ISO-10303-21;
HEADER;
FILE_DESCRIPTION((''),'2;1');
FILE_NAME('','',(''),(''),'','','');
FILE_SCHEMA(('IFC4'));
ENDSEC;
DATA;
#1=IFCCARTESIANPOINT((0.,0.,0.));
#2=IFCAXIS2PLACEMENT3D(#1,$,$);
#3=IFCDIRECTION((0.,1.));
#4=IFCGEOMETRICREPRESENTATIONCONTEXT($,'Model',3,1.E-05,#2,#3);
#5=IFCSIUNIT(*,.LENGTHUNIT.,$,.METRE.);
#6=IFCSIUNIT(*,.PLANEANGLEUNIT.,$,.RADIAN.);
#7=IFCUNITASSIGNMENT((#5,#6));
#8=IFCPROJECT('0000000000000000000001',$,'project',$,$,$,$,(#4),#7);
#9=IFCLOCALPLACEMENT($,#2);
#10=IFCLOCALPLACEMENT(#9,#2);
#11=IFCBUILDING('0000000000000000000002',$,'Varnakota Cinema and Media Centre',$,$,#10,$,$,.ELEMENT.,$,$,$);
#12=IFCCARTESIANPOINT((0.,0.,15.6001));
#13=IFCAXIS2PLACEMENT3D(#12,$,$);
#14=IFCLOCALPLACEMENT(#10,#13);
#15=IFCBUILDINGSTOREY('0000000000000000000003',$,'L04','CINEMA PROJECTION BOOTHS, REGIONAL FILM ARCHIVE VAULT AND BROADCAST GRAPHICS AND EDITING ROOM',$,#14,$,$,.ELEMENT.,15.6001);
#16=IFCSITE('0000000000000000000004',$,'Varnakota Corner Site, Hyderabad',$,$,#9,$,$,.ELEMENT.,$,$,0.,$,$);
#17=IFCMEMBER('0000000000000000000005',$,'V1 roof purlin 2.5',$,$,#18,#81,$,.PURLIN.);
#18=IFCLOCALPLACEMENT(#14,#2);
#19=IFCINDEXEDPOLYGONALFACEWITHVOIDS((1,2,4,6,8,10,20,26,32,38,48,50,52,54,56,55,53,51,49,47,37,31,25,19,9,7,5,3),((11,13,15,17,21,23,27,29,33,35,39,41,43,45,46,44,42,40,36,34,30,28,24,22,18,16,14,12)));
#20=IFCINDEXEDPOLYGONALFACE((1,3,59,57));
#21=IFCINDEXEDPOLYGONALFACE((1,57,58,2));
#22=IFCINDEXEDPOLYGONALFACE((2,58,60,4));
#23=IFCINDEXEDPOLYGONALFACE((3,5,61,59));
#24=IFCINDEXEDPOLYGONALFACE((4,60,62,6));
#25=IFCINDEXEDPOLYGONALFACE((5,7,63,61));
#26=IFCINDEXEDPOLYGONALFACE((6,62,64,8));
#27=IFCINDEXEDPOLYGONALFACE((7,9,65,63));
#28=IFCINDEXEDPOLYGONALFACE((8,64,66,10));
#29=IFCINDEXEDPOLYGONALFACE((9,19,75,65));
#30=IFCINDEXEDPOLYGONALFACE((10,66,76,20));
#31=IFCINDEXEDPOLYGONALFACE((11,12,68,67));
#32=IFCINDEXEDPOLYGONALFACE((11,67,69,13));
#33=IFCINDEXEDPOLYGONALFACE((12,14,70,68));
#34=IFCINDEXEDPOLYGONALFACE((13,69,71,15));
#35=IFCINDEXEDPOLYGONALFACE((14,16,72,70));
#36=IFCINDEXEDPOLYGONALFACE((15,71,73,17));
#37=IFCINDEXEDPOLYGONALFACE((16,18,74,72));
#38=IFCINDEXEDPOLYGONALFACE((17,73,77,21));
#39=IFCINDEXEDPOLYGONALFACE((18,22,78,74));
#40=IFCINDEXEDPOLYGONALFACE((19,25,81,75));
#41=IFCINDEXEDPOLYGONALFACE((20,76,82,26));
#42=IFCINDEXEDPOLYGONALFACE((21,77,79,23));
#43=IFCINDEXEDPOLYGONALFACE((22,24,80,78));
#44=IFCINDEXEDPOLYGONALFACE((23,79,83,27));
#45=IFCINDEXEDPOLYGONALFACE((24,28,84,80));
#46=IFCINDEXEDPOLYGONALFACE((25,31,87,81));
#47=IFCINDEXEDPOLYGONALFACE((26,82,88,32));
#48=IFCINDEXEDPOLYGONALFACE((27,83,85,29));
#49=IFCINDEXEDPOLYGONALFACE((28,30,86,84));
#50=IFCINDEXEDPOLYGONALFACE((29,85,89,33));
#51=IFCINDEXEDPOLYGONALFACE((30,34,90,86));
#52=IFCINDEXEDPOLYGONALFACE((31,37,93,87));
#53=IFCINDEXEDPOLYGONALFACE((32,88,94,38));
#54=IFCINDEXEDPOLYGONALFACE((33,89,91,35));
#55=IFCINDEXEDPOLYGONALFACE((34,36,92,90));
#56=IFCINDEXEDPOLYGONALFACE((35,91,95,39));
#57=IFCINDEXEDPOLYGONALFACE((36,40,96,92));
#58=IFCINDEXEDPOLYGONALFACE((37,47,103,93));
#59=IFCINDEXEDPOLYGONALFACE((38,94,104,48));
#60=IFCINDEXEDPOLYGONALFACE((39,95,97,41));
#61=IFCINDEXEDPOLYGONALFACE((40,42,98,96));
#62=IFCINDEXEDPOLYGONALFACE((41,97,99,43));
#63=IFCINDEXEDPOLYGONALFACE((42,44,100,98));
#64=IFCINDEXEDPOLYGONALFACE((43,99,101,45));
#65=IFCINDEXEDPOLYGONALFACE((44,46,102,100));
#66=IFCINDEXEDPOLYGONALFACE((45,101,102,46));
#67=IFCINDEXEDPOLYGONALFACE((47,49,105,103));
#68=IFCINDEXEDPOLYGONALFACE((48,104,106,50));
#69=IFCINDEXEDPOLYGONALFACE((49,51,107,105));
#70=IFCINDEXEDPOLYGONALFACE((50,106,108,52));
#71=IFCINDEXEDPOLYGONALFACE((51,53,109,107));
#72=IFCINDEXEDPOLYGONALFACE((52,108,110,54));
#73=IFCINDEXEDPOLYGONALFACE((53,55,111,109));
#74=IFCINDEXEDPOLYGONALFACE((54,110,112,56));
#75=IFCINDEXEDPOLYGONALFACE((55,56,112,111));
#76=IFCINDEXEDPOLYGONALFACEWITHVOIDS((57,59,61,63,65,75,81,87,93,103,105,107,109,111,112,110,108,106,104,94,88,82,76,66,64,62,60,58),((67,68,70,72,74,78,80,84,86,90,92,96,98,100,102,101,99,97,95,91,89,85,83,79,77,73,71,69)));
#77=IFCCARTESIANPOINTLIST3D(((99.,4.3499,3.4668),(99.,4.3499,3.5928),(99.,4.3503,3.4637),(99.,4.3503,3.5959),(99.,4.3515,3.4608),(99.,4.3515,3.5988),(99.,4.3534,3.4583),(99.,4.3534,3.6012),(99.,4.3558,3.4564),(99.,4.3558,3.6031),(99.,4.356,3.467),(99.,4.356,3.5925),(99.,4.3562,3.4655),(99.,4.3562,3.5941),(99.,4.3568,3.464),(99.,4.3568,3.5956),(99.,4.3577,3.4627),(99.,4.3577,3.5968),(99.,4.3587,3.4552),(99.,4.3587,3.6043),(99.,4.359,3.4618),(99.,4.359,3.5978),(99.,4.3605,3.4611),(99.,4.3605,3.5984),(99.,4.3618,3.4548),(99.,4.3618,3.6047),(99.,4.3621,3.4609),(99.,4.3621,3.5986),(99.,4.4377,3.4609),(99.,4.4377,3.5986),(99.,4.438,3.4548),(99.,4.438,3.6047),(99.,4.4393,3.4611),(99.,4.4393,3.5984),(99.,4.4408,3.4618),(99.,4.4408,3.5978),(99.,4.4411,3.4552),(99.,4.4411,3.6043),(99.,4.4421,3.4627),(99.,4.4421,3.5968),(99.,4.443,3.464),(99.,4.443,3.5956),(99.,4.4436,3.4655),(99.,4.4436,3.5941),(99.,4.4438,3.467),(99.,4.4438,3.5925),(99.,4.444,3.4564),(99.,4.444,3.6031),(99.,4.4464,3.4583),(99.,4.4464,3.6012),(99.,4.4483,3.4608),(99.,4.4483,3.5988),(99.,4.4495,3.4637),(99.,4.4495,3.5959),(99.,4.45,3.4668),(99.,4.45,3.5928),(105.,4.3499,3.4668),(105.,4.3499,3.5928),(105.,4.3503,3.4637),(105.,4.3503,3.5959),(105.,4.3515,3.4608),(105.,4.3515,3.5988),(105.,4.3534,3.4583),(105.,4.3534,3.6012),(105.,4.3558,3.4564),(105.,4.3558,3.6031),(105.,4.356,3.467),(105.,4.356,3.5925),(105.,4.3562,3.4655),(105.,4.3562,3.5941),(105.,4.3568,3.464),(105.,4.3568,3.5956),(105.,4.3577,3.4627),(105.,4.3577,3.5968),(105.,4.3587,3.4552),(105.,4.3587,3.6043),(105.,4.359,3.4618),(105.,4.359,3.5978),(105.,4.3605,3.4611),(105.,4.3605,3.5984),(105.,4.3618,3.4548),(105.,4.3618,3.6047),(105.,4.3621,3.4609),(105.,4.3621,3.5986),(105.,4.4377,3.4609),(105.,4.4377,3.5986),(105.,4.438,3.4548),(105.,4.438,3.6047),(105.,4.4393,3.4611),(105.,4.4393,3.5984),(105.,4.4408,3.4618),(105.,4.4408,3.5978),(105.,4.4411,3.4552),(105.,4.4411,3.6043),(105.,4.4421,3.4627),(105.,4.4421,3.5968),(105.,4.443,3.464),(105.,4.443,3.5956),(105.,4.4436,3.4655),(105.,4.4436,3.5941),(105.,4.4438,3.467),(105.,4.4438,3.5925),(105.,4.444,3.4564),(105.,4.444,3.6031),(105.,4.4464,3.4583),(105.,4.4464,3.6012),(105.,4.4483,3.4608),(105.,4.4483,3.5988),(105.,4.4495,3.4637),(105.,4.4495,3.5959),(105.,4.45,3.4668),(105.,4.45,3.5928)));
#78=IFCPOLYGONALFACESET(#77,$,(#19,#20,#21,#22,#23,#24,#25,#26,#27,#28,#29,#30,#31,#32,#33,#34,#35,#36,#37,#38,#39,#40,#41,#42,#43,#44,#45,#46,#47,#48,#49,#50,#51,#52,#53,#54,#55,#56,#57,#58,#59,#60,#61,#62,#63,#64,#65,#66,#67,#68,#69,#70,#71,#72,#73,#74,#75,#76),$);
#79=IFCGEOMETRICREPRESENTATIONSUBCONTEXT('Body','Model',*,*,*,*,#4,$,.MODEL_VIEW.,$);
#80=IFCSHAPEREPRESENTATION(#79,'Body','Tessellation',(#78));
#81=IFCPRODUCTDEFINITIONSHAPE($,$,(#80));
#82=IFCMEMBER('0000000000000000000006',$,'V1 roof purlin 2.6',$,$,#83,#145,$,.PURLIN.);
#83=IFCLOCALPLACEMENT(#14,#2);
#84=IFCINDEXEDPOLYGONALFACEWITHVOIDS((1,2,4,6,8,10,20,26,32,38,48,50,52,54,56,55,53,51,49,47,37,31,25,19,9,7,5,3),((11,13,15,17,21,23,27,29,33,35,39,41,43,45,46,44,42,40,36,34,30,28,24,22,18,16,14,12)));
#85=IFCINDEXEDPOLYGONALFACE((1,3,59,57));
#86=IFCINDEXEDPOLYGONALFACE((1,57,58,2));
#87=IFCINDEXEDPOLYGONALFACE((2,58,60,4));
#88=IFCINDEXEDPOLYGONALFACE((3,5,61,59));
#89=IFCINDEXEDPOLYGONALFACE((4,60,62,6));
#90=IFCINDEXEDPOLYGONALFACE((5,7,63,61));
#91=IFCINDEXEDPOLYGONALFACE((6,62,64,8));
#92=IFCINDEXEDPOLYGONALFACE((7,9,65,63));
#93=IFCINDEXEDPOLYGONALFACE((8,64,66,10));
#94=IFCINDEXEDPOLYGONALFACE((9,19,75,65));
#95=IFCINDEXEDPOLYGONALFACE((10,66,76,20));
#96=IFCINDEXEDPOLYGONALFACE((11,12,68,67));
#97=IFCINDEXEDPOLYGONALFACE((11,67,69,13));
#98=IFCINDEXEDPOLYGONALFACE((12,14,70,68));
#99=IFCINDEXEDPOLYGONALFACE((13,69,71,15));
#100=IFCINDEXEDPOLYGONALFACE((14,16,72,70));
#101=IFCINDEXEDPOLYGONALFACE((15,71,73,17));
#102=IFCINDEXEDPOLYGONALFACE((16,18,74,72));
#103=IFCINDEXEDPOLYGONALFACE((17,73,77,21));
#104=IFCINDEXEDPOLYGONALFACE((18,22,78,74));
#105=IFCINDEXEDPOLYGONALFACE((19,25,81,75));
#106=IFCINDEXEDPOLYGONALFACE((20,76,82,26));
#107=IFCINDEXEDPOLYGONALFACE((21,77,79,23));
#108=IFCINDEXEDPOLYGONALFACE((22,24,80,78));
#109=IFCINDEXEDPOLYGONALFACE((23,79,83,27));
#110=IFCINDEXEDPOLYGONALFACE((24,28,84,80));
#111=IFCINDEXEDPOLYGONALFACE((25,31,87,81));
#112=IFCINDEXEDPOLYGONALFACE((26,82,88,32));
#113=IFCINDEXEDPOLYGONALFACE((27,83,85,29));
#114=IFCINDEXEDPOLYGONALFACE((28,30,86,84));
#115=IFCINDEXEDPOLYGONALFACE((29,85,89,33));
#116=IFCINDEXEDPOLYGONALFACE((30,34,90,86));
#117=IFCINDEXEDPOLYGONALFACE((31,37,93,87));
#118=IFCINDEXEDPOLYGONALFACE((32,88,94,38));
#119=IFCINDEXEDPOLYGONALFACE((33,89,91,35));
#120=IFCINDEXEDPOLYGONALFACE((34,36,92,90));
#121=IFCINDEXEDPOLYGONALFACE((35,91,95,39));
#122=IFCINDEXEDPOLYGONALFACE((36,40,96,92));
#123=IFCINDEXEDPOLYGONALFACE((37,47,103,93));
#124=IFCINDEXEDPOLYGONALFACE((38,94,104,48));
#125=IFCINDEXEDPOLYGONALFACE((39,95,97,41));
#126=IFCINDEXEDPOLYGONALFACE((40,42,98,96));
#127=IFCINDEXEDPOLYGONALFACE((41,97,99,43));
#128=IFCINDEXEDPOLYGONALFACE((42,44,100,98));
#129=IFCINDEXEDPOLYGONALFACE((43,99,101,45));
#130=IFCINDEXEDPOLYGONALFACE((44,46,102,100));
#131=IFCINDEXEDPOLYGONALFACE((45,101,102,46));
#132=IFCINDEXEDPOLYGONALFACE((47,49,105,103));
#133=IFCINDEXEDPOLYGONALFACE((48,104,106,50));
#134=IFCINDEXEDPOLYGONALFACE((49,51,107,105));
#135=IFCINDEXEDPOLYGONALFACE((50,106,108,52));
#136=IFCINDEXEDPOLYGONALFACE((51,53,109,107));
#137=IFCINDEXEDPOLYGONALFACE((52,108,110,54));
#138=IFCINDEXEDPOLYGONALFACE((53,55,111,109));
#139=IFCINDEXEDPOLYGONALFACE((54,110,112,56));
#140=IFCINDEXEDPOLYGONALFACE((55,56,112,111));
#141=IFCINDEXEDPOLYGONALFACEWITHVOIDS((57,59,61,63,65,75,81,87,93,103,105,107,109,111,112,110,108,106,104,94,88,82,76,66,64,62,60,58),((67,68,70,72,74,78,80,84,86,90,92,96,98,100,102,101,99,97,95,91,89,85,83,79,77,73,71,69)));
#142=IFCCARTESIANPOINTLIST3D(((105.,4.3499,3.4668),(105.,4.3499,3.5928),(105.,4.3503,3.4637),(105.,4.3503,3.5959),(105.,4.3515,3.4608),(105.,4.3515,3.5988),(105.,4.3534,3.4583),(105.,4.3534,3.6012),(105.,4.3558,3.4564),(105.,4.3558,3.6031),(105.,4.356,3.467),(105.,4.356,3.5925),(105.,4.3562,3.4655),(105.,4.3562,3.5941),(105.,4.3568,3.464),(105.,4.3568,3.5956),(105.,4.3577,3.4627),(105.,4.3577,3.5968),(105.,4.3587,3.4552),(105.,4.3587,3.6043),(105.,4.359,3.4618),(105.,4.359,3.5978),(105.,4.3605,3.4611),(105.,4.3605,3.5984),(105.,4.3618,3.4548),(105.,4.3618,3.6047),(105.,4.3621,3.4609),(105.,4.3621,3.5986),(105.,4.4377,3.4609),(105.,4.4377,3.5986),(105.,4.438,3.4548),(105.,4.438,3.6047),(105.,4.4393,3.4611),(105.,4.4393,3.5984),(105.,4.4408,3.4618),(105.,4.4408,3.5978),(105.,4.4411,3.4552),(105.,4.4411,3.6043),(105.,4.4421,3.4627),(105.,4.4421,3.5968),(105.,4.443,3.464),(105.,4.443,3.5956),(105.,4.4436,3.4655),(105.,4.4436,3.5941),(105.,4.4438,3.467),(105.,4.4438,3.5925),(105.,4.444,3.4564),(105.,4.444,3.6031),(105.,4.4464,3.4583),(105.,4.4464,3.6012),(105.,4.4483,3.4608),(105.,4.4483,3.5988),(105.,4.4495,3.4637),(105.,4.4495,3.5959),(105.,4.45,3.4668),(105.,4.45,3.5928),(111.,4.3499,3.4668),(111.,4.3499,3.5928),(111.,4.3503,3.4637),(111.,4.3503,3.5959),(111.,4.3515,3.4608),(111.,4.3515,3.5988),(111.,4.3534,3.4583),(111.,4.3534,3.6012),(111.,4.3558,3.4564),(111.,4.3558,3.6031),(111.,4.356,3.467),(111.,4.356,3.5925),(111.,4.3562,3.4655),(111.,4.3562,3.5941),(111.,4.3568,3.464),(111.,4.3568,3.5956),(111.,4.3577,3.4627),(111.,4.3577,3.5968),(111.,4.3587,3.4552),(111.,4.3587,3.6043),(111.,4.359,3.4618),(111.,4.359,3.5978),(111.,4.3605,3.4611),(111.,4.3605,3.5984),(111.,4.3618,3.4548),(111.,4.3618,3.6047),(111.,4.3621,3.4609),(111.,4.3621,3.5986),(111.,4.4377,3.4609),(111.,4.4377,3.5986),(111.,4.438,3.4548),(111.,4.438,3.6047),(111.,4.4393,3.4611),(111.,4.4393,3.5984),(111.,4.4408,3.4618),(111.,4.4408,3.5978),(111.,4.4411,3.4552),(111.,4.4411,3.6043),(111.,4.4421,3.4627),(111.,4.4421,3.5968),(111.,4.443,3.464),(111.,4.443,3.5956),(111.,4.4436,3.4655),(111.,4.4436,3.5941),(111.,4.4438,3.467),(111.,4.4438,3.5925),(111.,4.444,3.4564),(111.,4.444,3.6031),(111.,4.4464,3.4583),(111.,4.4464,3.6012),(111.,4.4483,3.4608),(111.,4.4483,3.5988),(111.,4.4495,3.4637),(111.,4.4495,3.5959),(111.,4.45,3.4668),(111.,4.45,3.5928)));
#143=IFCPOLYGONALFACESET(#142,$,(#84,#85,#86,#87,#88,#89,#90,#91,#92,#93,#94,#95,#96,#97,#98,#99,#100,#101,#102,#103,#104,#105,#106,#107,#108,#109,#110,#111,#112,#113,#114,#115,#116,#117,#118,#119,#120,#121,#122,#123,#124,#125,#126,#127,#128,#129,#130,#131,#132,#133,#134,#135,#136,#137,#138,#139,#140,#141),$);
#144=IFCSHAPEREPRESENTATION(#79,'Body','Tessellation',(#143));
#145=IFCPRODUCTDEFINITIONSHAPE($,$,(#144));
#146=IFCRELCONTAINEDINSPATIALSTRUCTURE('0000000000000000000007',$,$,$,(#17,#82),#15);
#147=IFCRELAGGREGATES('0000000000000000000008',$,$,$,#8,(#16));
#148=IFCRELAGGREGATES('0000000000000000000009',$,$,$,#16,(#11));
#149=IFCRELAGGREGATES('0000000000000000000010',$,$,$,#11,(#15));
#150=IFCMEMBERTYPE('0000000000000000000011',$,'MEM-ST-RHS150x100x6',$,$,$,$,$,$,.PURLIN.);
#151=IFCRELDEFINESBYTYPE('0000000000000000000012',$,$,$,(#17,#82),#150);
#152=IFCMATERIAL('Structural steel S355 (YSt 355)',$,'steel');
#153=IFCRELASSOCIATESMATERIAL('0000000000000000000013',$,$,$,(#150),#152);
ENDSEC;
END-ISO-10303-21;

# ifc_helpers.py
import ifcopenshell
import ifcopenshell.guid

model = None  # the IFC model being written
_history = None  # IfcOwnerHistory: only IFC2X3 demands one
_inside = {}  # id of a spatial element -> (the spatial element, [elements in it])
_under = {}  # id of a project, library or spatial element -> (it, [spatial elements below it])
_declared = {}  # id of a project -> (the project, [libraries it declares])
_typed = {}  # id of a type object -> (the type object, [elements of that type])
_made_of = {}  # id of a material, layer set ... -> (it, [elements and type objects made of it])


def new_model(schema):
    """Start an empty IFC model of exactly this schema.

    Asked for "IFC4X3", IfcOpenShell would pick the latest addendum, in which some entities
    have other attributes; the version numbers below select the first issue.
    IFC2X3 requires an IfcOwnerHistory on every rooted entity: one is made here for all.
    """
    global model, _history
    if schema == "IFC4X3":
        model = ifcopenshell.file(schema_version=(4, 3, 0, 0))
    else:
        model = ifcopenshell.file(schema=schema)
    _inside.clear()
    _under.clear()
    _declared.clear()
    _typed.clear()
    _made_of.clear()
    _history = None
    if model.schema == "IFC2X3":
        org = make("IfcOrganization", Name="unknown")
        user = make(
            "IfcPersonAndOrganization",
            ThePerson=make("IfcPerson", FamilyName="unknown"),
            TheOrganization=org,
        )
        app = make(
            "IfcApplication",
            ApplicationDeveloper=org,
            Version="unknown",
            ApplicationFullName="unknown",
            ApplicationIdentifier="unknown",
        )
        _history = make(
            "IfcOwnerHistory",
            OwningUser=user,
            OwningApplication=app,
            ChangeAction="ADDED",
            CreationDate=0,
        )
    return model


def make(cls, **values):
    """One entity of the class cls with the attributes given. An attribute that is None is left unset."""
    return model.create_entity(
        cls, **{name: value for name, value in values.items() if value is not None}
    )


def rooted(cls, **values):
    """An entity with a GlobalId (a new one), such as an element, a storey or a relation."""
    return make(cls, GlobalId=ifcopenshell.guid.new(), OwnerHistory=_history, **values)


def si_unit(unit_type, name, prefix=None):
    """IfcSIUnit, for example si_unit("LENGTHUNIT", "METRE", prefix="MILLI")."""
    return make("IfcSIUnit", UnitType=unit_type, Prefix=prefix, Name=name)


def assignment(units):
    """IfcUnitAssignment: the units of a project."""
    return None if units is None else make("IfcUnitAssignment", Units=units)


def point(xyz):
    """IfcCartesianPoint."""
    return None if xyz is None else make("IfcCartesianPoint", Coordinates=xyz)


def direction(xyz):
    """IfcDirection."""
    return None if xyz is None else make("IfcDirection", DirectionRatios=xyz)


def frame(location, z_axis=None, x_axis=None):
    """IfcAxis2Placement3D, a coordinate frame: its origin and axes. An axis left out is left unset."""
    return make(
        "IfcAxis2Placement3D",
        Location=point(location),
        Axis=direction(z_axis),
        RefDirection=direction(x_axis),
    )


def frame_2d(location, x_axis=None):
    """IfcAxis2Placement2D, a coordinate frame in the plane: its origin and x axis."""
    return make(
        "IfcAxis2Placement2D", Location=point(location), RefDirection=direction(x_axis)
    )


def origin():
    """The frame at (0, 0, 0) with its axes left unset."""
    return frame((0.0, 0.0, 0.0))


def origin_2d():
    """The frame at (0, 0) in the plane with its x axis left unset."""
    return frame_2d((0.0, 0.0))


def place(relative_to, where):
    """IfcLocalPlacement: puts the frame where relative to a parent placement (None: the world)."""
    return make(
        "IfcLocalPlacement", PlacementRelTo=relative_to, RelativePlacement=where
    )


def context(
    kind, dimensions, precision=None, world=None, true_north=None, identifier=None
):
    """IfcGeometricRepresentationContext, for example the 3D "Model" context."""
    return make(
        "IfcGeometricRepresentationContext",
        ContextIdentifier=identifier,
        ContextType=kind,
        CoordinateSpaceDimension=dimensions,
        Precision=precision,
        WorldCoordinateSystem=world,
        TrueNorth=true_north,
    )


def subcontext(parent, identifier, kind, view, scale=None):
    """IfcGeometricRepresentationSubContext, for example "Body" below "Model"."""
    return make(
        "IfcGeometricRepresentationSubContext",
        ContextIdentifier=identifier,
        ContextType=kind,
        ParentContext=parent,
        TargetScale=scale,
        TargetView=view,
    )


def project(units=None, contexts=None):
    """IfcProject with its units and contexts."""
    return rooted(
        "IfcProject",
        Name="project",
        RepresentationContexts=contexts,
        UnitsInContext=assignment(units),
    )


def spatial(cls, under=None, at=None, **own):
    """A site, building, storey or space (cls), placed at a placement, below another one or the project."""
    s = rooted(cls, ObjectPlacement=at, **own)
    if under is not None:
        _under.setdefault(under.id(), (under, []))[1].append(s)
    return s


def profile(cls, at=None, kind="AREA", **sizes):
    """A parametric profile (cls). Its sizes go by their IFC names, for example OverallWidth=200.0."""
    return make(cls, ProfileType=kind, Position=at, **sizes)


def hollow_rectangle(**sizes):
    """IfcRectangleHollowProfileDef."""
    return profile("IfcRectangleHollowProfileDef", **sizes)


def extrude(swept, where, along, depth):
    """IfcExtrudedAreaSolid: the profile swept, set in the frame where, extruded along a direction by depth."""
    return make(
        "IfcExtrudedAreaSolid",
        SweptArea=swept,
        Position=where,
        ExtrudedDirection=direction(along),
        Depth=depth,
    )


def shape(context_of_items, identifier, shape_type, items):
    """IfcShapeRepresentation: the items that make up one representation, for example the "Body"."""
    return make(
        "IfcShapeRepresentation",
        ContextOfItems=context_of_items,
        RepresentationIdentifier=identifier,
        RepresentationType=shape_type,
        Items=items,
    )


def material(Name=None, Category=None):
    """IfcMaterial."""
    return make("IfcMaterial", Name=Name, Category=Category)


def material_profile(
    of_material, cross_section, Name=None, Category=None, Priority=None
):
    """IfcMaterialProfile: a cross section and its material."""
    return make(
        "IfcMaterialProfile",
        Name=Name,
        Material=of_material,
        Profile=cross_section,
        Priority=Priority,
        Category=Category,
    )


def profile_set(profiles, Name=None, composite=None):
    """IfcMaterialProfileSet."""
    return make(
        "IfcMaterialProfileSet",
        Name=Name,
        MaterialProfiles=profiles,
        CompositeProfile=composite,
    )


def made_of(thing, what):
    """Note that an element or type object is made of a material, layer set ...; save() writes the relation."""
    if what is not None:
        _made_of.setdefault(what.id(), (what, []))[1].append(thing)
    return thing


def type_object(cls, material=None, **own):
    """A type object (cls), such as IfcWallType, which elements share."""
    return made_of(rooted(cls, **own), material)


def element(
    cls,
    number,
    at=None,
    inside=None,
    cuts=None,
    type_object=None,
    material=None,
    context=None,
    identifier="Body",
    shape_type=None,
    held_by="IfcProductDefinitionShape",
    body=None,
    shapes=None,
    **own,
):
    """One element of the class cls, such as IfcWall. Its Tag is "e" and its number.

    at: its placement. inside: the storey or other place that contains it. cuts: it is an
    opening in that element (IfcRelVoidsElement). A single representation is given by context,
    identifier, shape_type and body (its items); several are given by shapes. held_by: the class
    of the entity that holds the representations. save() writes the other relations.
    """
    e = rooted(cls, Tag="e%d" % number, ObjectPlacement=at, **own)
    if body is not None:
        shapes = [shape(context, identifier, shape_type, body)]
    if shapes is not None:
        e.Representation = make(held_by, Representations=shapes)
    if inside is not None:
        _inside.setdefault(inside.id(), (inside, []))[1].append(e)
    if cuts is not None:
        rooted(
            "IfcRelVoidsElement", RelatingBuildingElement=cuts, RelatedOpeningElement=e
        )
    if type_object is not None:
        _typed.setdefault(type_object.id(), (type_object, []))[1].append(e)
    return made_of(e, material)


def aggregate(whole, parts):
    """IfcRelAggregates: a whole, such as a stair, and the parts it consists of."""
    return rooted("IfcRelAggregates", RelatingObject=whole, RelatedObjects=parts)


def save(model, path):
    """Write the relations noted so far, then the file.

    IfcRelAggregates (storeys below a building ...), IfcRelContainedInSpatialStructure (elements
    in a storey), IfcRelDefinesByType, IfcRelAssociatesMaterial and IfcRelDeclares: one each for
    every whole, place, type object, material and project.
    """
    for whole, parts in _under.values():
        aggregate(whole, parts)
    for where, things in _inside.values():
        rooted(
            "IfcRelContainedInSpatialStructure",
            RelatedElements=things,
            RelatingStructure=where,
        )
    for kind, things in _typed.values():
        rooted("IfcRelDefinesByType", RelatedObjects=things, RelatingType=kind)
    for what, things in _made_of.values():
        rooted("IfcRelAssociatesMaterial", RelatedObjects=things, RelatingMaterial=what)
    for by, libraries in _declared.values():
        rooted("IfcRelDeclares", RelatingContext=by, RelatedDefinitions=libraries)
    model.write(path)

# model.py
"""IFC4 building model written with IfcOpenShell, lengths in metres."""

from ifc_helpers import new_model, si_unit, direction, frame, origin, origin_2d, place, context, subcontext, project, spatial, hollow_rectangle, extrude, material, material_profile, profile_set, type_object, element, save


model = new_model("IFC4")

# Units and contexts
model_context = context("Model", 3, precision=1e-05, world=origin(), true_north=direction((0.0, 1.0)))
body_context = subcontext(model_context, "Body", "Model", "MODEL_VIEW")
ifc_project = project(units=[si_unit("LENGTHUNIT", "METRE"), si_unit("PLANEANGLEUNIT", "RADIAN")], contexts=[model_context])

# Site, building, storey
site_placement = place(None, origin())
site = spatial("IfcSite", under=ifc_project, at=site_placement, Name="Varnakota Corner Site, Hyderabad", CompositionType="ELEMENT", RefElevation=0.0)
building_placement = place(site_placement, origin())
building = spatial("IfcBuilding", under=site, at=building_placement, Name="Varnakota Cinema and Media Centre", CompositionType="ELEMENT")
storey_placement = place(building_placement, frame((0.0, 0.0, 15.6001)))
storey = spatial("IfcBuildingStorey", under=building, at=storey_placement, Name="L04", Description="CINEMA PROJECTION BOOTHS, REGIONAL FILM ARCHIVE VAULT AND BROADCAST GRAPHICS AND EDITING ROOM", CompositionType="ELEMENT", Elevation=15.6001)

# Members
ifc_material_1 = material(Name="Structural steel S355 (YSt 355)", Category="steel")
ifc_material_profile_1 = material_profile(ifc_material_1, hollow_rectangle(XDim=0.1001, YDim=0.1499, WallThickness=0.0061, InnerFilletRadius=0.0061, OuterFilletRadius=0.012, at=origin_2d()), Name="RHS 150x100x6")
ifc_profile_set_1 = profile_set([ifc_material_profile_1], Name="Structural steel S355 (YSt 355)")
member_type_1 = type_object("IfcMemberType", Name="MEM-ST-RHS150x100x6", PredefinedType="PURLIN", material=ifc_profile_set_1)
for number, where, z_axis, x_axis, name in (
    (1, (99.0, 4.3999, 3.5298), (1.0, 0.0, 0.0), (0.0, 1.0, 0.0), "V1 roof purlin 2.5"),
    (2, (105.0, 4.3999, 3.5298), (1.0, 0.0, 0.0), (0.0, 1.0, 0.0), "V1 roof purlin 2.6"),
):
    element("IfcMember", number, at=place(storey_placement, frame(where, z_axis=z_axis, x_axis=x_axis)), inside=storey, type_object=member_type_1, Name=name, PredefinedType="PURLIN", context=body_context, shape_type="SweptSolid", body=[
        extrude(hollow_rectangle(XDim=0.1001, YDim=0.1499, WallThickness=0.0061, InnerFilletRadius=0.0061, OuterFilletRadius=0.012, at=origin_2d()), origin(), (0.0, 0.0, 1.0), 6.0),
    ])

save(model, "model.ifc")
